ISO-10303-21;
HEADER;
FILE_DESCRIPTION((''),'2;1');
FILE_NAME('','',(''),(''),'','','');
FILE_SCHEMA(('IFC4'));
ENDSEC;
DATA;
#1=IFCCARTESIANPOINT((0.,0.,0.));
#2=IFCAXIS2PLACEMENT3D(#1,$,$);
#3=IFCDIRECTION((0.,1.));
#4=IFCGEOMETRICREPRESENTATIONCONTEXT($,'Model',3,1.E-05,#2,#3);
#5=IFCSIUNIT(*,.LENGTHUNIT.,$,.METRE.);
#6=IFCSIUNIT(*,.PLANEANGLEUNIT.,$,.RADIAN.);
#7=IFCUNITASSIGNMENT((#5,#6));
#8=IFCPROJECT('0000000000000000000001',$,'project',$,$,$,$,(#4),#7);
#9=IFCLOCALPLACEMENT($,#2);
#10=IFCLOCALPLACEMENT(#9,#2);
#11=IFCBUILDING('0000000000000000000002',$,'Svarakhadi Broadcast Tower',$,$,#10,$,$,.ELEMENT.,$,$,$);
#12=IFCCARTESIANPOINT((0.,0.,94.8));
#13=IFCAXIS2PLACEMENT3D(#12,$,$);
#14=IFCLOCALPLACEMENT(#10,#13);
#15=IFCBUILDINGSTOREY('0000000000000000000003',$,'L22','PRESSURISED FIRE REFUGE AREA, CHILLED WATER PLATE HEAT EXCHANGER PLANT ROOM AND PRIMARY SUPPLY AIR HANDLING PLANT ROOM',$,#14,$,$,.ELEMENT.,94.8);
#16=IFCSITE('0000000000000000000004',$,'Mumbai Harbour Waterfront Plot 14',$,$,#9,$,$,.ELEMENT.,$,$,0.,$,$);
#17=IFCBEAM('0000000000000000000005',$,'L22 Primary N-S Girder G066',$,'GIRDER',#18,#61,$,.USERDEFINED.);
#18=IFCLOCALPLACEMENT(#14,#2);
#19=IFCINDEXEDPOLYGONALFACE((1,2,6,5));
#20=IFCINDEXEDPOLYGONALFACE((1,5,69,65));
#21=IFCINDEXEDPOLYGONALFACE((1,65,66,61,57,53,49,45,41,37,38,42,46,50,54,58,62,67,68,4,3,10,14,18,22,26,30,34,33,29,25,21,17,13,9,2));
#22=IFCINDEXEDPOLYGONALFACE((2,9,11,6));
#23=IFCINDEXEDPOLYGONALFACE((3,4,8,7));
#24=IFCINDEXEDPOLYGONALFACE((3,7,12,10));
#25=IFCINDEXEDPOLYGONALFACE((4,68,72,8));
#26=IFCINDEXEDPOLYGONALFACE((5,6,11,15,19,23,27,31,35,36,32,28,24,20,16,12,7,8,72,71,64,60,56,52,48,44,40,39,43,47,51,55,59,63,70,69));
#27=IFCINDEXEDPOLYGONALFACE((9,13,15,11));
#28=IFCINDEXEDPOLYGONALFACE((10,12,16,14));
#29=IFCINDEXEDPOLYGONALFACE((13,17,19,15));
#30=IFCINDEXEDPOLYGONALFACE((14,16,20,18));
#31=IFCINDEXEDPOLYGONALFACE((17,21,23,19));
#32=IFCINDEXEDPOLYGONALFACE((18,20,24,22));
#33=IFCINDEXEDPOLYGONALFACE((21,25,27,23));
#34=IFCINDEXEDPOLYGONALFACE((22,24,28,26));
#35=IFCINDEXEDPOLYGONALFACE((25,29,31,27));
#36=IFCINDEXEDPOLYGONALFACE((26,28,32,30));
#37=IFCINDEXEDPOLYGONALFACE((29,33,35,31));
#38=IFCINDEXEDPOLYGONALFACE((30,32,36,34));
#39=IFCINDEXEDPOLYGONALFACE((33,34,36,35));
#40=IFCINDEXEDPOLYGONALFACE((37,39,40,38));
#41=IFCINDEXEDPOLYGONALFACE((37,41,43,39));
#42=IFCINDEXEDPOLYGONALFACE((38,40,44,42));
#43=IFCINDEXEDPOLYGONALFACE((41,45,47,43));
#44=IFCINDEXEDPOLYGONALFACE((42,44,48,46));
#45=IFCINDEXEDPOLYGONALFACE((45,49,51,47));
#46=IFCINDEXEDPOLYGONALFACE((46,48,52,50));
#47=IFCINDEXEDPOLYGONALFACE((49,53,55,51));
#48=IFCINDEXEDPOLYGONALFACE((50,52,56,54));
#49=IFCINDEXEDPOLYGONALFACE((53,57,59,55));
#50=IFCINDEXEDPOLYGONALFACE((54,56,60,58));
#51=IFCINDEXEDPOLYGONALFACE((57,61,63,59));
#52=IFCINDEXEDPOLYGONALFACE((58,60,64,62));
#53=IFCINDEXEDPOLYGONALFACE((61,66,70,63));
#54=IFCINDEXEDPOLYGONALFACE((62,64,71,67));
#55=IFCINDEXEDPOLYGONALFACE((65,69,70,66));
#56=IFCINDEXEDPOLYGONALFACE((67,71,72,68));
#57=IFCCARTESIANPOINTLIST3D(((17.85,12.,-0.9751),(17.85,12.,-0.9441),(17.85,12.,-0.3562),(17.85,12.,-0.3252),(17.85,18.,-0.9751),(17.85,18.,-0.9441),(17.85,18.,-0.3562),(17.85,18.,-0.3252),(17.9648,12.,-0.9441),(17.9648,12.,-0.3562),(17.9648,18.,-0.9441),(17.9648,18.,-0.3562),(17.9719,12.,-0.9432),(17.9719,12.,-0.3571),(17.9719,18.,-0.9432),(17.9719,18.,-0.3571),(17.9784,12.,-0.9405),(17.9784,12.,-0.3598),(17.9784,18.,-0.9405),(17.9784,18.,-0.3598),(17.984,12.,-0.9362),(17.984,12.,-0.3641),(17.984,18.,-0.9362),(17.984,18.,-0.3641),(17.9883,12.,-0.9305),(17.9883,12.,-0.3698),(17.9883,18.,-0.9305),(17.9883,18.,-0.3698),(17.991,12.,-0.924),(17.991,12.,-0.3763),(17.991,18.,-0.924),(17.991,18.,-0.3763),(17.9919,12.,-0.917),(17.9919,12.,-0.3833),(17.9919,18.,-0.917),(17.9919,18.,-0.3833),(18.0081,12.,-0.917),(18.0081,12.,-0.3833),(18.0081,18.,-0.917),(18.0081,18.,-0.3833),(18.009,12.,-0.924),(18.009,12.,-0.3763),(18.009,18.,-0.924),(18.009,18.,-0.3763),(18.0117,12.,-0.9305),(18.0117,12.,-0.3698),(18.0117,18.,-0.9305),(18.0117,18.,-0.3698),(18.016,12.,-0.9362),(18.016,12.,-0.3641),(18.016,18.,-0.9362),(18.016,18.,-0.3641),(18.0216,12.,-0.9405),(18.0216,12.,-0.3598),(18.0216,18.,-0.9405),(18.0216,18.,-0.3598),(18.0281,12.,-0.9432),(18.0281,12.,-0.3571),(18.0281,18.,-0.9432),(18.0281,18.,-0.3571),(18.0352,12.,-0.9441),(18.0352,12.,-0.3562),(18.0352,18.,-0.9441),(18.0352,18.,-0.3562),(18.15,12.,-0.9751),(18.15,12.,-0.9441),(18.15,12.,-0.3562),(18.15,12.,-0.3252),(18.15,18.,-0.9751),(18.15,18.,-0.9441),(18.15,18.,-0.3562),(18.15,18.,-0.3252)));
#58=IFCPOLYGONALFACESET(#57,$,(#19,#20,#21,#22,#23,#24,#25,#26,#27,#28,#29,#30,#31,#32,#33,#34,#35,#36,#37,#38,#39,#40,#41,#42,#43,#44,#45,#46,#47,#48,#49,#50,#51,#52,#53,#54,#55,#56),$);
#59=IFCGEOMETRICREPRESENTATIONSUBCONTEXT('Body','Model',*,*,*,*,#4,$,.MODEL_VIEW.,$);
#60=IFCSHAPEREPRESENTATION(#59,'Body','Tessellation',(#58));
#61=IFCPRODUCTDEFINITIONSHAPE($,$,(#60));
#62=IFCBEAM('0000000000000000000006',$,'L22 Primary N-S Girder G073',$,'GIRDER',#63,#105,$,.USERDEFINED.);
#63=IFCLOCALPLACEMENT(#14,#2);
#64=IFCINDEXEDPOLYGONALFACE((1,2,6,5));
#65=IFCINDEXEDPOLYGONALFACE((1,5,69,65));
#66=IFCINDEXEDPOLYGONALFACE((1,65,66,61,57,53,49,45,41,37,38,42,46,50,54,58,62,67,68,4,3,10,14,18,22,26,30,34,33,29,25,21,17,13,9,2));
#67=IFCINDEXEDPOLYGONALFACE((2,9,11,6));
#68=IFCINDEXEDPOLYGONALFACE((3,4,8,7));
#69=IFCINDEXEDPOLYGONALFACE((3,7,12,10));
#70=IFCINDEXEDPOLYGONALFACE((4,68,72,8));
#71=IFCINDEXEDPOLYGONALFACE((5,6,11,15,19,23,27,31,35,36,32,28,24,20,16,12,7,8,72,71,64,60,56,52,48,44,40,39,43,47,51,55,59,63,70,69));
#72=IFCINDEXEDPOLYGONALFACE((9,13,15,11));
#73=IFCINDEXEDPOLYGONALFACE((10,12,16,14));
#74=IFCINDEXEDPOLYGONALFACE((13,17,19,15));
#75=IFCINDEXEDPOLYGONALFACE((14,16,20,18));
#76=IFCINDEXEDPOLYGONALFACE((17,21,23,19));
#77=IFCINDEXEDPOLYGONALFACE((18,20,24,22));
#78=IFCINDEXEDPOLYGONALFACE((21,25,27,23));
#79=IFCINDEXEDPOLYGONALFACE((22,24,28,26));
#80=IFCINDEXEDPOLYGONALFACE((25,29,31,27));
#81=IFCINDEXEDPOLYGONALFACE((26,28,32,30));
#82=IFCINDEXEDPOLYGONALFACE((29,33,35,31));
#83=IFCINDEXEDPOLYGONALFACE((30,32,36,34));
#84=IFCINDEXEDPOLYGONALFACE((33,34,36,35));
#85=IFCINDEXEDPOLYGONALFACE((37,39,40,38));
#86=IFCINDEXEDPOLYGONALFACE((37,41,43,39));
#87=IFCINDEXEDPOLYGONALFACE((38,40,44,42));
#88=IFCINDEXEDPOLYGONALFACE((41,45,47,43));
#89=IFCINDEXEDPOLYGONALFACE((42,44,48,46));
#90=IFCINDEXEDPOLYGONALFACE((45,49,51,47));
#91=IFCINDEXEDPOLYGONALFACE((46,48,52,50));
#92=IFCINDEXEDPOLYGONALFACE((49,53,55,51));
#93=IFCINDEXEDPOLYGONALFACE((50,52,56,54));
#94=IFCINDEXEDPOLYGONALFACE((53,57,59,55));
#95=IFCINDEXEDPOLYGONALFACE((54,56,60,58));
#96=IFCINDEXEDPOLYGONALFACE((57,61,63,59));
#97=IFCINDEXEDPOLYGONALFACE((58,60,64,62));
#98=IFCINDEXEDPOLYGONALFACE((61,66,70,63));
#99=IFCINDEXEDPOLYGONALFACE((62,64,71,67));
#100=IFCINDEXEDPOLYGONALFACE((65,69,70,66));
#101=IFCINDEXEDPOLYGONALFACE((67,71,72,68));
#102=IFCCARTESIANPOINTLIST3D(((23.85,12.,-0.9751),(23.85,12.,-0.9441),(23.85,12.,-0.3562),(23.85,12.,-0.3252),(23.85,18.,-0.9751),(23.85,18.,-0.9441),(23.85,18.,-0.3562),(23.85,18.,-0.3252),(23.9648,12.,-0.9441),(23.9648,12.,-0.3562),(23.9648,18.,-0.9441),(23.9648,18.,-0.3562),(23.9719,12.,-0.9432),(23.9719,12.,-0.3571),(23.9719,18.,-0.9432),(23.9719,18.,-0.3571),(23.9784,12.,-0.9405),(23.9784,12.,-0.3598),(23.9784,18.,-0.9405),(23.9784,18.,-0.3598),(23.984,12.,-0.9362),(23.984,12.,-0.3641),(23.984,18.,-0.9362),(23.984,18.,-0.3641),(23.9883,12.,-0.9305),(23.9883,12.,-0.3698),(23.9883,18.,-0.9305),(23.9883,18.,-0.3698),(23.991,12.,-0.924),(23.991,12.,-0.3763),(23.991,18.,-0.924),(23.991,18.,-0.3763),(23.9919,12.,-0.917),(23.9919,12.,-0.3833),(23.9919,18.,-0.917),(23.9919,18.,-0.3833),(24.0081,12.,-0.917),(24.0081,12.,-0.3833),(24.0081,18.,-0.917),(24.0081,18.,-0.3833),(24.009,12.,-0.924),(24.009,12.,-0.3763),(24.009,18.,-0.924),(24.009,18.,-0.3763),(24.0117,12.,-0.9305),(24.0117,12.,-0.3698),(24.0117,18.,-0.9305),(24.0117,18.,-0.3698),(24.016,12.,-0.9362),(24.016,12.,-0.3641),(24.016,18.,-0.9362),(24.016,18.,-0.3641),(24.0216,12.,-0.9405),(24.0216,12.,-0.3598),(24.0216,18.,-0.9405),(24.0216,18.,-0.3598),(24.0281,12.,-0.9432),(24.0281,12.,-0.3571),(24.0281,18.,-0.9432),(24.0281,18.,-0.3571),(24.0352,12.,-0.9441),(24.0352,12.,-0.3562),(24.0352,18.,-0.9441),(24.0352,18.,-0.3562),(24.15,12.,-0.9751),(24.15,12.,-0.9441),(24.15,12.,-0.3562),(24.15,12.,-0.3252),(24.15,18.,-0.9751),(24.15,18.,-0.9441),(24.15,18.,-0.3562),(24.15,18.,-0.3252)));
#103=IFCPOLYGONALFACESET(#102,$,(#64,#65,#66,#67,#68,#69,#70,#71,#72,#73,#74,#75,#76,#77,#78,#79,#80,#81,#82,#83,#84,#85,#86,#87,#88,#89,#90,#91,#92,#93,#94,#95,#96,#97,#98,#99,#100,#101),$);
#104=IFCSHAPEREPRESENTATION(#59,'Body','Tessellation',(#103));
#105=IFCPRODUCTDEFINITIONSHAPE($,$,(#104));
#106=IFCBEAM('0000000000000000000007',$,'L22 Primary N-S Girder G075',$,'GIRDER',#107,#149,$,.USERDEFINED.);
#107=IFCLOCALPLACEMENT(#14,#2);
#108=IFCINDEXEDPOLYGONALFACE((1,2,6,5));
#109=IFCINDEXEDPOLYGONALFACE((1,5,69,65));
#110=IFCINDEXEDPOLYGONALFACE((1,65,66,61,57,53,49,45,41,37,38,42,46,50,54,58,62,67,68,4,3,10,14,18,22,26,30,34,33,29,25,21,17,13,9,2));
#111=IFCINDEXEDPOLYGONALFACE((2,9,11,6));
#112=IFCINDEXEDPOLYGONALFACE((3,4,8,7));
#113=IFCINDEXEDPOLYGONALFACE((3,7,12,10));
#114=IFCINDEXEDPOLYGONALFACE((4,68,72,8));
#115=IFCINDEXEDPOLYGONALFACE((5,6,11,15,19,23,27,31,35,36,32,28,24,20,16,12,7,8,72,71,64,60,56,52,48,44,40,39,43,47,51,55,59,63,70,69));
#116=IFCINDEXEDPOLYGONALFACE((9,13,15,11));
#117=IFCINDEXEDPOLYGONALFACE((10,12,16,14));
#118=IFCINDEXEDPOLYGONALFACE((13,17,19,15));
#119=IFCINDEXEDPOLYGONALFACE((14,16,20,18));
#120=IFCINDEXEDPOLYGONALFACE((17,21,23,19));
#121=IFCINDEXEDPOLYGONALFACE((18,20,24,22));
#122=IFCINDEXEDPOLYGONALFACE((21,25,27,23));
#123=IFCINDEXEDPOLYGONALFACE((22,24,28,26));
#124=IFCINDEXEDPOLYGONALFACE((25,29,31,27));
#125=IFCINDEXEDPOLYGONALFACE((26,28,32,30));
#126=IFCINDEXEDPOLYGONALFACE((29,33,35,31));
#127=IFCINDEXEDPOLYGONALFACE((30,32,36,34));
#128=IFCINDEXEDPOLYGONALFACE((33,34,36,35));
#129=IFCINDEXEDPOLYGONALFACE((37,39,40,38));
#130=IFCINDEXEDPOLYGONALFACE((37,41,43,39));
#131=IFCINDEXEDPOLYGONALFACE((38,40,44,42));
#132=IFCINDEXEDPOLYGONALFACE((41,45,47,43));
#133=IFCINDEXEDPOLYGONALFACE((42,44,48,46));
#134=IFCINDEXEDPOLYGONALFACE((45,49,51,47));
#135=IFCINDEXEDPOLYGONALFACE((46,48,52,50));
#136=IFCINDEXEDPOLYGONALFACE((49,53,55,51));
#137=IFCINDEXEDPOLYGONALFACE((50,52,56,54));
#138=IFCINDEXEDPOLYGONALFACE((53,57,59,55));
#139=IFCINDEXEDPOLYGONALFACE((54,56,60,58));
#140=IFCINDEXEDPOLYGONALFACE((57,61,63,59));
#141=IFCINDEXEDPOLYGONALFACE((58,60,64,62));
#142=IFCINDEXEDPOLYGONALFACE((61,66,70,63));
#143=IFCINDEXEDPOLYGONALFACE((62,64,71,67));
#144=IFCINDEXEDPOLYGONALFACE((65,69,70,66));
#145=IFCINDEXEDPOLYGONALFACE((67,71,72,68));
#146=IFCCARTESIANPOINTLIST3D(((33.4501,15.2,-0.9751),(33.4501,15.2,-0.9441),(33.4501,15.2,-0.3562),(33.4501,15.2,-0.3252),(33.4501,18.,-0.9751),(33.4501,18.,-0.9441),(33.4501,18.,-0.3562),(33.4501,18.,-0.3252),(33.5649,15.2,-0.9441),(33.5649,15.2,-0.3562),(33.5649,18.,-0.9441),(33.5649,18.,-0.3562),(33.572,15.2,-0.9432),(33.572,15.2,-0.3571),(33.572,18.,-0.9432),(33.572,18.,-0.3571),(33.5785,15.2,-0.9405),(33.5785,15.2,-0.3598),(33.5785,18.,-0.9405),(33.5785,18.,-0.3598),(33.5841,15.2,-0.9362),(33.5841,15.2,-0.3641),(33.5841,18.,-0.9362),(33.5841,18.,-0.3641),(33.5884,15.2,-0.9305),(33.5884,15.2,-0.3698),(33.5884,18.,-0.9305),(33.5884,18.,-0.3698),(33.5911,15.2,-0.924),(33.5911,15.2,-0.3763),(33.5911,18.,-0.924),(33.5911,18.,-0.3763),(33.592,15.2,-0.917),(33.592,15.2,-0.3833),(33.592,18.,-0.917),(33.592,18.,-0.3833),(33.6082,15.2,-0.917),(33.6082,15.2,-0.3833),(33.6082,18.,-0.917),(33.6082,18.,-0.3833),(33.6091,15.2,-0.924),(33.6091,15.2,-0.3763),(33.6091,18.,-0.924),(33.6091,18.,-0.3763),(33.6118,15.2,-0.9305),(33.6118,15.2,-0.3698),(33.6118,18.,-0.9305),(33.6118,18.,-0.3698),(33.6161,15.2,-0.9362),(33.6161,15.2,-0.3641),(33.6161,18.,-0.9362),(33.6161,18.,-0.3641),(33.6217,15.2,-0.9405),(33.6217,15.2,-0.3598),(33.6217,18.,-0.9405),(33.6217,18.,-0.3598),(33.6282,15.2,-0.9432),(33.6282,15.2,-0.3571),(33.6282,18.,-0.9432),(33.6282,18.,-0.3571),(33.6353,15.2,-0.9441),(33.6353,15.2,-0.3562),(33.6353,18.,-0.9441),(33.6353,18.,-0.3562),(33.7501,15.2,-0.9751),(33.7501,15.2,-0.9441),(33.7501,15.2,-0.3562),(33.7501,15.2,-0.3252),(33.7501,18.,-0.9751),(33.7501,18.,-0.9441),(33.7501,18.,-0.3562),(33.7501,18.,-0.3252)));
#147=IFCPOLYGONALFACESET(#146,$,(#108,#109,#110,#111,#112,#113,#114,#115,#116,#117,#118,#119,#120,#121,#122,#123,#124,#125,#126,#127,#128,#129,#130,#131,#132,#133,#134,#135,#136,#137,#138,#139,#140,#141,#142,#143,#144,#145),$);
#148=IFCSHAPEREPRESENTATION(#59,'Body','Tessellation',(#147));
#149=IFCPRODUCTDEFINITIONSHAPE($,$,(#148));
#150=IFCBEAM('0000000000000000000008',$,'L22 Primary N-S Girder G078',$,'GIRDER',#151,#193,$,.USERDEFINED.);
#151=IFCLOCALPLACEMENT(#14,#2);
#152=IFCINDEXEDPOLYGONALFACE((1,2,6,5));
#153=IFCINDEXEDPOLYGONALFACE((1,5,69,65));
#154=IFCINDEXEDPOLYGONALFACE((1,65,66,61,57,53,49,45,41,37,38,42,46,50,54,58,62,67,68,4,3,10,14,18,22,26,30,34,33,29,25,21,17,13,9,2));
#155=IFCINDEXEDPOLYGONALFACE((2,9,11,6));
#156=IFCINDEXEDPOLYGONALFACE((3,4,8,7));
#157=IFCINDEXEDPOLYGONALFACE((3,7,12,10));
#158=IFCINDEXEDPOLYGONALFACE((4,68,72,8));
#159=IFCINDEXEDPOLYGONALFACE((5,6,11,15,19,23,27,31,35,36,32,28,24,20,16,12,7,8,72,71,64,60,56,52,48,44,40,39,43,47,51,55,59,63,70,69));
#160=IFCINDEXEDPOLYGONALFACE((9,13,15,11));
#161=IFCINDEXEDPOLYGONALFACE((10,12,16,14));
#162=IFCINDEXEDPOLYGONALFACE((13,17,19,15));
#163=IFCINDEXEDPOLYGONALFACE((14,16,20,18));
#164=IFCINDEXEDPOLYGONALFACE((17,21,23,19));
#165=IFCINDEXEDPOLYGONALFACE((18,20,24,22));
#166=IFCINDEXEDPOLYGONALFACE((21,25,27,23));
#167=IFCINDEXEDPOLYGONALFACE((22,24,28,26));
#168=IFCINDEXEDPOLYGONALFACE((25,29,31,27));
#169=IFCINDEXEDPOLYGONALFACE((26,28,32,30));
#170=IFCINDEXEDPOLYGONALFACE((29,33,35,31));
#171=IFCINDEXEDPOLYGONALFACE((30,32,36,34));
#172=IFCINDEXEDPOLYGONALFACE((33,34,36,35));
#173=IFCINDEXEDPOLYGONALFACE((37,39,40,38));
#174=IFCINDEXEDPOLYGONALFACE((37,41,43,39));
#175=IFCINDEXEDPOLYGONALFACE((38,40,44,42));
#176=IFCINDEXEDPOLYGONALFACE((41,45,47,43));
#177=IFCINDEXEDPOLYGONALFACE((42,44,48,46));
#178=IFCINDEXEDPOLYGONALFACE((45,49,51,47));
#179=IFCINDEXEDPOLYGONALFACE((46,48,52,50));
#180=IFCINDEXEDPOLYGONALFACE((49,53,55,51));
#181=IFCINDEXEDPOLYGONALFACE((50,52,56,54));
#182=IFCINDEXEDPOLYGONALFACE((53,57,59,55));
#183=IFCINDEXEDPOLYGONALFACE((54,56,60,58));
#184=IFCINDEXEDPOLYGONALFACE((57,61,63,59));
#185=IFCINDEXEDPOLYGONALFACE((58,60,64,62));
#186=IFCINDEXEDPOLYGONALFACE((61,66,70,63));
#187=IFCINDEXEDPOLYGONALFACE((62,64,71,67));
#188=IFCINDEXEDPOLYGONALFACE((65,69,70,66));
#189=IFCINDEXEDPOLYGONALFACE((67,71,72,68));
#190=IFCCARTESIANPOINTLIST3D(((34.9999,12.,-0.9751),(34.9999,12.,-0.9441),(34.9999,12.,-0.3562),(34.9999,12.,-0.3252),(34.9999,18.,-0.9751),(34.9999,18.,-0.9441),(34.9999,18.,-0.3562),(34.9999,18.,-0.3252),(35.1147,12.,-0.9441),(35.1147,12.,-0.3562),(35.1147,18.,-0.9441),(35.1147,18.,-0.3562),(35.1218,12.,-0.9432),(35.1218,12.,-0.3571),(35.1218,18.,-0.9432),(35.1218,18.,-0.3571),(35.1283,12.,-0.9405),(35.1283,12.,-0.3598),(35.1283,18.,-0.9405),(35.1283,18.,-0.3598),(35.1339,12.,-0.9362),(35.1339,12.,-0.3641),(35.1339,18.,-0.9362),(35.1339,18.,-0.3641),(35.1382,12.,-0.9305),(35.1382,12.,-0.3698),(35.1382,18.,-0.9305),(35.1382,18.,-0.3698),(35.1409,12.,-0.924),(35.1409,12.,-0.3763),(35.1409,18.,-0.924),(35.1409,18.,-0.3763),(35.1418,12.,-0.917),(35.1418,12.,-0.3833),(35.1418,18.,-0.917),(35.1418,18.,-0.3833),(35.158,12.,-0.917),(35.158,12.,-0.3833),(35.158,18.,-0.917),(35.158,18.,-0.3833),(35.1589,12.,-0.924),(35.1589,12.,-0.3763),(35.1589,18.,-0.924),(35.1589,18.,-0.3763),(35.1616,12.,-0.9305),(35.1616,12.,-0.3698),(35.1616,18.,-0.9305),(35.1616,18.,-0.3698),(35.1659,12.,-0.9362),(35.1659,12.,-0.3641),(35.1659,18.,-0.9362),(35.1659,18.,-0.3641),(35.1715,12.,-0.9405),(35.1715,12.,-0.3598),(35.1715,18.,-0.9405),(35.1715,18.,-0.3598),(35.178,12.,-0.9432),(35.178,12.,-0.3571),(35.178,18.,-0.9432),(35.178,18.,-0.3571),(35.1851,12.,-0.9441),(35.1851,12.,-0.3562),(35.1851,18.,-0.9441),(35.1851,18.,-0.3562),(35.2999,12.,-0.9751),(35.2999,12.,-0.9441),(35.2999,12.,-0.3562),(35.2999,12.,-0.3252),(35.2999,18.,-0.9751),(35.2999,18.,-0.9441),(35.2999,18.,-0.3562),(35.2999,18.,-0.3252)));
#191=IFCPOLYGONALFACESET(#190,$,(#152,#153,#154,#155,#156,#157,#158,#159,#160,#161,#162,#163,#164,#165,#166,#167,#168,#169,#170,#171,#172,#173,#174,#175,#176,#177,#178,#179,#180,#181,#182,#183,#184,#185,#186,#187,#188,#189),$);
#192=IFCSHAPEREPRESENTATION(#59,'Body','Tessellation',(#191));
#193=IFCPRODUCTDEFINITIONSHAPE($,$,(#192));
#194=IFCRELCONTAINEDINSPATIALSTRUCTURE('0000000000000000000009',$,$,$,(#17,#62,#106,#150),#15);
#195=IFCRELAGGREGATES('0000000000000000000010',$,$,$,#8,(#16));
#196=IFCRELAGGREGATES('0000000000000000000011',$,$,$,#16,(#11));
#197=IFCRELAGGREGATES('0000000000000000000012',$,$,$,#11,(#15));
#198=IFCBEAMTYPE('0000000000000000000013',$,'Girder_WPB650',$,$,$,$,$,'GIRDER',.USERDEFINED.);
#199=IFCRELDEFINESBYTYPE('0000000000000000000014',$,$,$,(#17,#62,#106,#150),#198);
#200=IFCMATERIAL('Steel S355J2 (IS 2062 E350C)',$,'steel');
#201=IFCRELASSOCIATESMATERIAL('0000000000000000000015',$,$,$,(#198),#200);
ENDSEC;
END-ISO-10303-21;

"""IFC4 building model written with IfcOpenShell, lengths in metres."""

from ifc_helpers import new_model, si_unit, direction, frame, origin, origin_2d, place, context, subcontext, project, spatial, i_section, extrude, material, material_profile, profile_set, type_object, element, save


model = new_model("IFC4")

# Units and contexts
model_context = context("Model", 3, precision=1e-05, world=origin(), true_north=direction((0.0, 1.0)))
body_context = subcontext(model_context, "Body", "Model", "MODEL_VIEW")
ifc_project = project(units=[si_unit("LENGTHUNIT", "METRE"), si_unit("PLANEANGLEUNIT", "RADIAN")], contexts=[model_context])

# Site, building, storey
site_placement = place(None, origin())
site = spatial("IfcSite", under=ifc_project, at=site_placement, Name="Mumbai Harbour Waterfront Plot 14", CompositionType="ELEMENT", RefElevation=0.0)
building_placement = place(site_placement, origin())
building = spatial("IfcBuilding", under=site, at=building_placement, Name="Svarakhadi Broadcast Tower", CompositionType="ELEMENT")
storey_placement = place(building_placement, frame((0.0, 0.0, 94.8)))
storey = spatial("IfcBuildingStorey", under=building, at=storey_placement, Name="L22", Description="PRESSURISED FIRE REFUGE AREA, CHILLED WATER PLATE HEAT EXCHANGER PLANT ROOM AND PRIMARY SUPPLY AIR HANDLING PLANT ROOM", CompositionType="ELEMENT", Elevation=94.8)

# Beams
ifc_material_1 = material(Name="Steel S355J2 (IS 2062 E350C)", Category="steel")
ifc_material_profile_1 = material_profile(ifc_material_1, i_section(OverallWidth=0.3, OverallDepth=0.6499, WebThickness=0.0161, FlangeThickness=0.031, FilletRadius=0.0271, at=origin_2d()), Name="WPB 650x300x225")
ifc_profile_set_1 = profile_set([ifc_material_profile_1], Name="Steel S355J2 (IS 2062 E350C)")
beam_type_1 = type_object("IfcBeamType", Name="Girder_WPB650", ElementType="GIRDER", PredefinedType="USERDEFINED", material=ifc_profile_set_1)
for number, where, z_axis, x_axis, name in (
    (1, (18.0, 12.0, -0.6501), (0.0, 1.0, 0.0), (-1.0, 0.0, 0.0), "L22 Primary N-S Girder G066"),
    (2, (24.0, 12.0, -0.6501), (0.0, 1.0, 0.0), (-1.0, 0.0, 0.0), "L22 Primary N-S Girder G073"),
):
    element("IfcBeam", number, at=place(storey_placement, frame(where, z_axis=z_axis, x_axis=x_axis)), inside=storey, type_object=beam_type_1, Name=name, ObjectType="GIRDER", PredefinedType="USERDEFINED", context=body_context, shape_type="SweptSolid", body=[
        extrude(i_section(OverallWidth=0.3, OverallDepth=0.6499, WebThickness=0.0161, FlangeThickness=0.031, FilletRadius=0.0271, at=origin_2d()), origin(), (0.0, 0.0, 1.0), 6.0),
    ])
beam_1_placement = place(storey_placement, frame((33.6001, 15.2, -0.6501), z_axis=(0.0, 1.0, 0.0), x_axis=(-1.0, 0.0, 0.0)))
element("IfcBeam", 3, at=beam_1_placement, inside=storey, type_object=beam_type_1, Name="L22 Primary N-S Girder G075", ObjectType="GIRDER", PredefinedType="USERDEFINED", context=body_context, shape_type="SweptSolid", body=[
    extrude(i_section(OverallWidth=0.3, OverallDepth=0.6499, WebThickness=0.0161, FlangeThickness=0.031, FilletRadius=0.0271, at=origin_2d()), origin(), (0.0, 0.0, 1.0), 2.8),
])
beam_2_placement = place(storey_placement, frame((35.1499, 12.0, -0.6501), z_axis=(0.0, 1.0, 0.0), x_axis=(-1.0, 0.0, 0.0)))
element("IfcBeam", 4, at=beam_2_placement, inside=storey, type_object=beam_type_1, Name="L22 Primary N-S Girder G078", ObjectType="GIRDER", PredefinedType="USERDEFINED", context=body_context, shape_type="SweptSolid", body=[
    extrude(i_section(OverallWidth=0.3, OverallDepth=0.6499, WebThickness=0.0161, FlangeThickness=0.031, FilletRadius=0.0271, at=origin_2d()), origin(), (0.0, 0.0, 1.0), 6.0),
])

save(model, "model.ifc")
